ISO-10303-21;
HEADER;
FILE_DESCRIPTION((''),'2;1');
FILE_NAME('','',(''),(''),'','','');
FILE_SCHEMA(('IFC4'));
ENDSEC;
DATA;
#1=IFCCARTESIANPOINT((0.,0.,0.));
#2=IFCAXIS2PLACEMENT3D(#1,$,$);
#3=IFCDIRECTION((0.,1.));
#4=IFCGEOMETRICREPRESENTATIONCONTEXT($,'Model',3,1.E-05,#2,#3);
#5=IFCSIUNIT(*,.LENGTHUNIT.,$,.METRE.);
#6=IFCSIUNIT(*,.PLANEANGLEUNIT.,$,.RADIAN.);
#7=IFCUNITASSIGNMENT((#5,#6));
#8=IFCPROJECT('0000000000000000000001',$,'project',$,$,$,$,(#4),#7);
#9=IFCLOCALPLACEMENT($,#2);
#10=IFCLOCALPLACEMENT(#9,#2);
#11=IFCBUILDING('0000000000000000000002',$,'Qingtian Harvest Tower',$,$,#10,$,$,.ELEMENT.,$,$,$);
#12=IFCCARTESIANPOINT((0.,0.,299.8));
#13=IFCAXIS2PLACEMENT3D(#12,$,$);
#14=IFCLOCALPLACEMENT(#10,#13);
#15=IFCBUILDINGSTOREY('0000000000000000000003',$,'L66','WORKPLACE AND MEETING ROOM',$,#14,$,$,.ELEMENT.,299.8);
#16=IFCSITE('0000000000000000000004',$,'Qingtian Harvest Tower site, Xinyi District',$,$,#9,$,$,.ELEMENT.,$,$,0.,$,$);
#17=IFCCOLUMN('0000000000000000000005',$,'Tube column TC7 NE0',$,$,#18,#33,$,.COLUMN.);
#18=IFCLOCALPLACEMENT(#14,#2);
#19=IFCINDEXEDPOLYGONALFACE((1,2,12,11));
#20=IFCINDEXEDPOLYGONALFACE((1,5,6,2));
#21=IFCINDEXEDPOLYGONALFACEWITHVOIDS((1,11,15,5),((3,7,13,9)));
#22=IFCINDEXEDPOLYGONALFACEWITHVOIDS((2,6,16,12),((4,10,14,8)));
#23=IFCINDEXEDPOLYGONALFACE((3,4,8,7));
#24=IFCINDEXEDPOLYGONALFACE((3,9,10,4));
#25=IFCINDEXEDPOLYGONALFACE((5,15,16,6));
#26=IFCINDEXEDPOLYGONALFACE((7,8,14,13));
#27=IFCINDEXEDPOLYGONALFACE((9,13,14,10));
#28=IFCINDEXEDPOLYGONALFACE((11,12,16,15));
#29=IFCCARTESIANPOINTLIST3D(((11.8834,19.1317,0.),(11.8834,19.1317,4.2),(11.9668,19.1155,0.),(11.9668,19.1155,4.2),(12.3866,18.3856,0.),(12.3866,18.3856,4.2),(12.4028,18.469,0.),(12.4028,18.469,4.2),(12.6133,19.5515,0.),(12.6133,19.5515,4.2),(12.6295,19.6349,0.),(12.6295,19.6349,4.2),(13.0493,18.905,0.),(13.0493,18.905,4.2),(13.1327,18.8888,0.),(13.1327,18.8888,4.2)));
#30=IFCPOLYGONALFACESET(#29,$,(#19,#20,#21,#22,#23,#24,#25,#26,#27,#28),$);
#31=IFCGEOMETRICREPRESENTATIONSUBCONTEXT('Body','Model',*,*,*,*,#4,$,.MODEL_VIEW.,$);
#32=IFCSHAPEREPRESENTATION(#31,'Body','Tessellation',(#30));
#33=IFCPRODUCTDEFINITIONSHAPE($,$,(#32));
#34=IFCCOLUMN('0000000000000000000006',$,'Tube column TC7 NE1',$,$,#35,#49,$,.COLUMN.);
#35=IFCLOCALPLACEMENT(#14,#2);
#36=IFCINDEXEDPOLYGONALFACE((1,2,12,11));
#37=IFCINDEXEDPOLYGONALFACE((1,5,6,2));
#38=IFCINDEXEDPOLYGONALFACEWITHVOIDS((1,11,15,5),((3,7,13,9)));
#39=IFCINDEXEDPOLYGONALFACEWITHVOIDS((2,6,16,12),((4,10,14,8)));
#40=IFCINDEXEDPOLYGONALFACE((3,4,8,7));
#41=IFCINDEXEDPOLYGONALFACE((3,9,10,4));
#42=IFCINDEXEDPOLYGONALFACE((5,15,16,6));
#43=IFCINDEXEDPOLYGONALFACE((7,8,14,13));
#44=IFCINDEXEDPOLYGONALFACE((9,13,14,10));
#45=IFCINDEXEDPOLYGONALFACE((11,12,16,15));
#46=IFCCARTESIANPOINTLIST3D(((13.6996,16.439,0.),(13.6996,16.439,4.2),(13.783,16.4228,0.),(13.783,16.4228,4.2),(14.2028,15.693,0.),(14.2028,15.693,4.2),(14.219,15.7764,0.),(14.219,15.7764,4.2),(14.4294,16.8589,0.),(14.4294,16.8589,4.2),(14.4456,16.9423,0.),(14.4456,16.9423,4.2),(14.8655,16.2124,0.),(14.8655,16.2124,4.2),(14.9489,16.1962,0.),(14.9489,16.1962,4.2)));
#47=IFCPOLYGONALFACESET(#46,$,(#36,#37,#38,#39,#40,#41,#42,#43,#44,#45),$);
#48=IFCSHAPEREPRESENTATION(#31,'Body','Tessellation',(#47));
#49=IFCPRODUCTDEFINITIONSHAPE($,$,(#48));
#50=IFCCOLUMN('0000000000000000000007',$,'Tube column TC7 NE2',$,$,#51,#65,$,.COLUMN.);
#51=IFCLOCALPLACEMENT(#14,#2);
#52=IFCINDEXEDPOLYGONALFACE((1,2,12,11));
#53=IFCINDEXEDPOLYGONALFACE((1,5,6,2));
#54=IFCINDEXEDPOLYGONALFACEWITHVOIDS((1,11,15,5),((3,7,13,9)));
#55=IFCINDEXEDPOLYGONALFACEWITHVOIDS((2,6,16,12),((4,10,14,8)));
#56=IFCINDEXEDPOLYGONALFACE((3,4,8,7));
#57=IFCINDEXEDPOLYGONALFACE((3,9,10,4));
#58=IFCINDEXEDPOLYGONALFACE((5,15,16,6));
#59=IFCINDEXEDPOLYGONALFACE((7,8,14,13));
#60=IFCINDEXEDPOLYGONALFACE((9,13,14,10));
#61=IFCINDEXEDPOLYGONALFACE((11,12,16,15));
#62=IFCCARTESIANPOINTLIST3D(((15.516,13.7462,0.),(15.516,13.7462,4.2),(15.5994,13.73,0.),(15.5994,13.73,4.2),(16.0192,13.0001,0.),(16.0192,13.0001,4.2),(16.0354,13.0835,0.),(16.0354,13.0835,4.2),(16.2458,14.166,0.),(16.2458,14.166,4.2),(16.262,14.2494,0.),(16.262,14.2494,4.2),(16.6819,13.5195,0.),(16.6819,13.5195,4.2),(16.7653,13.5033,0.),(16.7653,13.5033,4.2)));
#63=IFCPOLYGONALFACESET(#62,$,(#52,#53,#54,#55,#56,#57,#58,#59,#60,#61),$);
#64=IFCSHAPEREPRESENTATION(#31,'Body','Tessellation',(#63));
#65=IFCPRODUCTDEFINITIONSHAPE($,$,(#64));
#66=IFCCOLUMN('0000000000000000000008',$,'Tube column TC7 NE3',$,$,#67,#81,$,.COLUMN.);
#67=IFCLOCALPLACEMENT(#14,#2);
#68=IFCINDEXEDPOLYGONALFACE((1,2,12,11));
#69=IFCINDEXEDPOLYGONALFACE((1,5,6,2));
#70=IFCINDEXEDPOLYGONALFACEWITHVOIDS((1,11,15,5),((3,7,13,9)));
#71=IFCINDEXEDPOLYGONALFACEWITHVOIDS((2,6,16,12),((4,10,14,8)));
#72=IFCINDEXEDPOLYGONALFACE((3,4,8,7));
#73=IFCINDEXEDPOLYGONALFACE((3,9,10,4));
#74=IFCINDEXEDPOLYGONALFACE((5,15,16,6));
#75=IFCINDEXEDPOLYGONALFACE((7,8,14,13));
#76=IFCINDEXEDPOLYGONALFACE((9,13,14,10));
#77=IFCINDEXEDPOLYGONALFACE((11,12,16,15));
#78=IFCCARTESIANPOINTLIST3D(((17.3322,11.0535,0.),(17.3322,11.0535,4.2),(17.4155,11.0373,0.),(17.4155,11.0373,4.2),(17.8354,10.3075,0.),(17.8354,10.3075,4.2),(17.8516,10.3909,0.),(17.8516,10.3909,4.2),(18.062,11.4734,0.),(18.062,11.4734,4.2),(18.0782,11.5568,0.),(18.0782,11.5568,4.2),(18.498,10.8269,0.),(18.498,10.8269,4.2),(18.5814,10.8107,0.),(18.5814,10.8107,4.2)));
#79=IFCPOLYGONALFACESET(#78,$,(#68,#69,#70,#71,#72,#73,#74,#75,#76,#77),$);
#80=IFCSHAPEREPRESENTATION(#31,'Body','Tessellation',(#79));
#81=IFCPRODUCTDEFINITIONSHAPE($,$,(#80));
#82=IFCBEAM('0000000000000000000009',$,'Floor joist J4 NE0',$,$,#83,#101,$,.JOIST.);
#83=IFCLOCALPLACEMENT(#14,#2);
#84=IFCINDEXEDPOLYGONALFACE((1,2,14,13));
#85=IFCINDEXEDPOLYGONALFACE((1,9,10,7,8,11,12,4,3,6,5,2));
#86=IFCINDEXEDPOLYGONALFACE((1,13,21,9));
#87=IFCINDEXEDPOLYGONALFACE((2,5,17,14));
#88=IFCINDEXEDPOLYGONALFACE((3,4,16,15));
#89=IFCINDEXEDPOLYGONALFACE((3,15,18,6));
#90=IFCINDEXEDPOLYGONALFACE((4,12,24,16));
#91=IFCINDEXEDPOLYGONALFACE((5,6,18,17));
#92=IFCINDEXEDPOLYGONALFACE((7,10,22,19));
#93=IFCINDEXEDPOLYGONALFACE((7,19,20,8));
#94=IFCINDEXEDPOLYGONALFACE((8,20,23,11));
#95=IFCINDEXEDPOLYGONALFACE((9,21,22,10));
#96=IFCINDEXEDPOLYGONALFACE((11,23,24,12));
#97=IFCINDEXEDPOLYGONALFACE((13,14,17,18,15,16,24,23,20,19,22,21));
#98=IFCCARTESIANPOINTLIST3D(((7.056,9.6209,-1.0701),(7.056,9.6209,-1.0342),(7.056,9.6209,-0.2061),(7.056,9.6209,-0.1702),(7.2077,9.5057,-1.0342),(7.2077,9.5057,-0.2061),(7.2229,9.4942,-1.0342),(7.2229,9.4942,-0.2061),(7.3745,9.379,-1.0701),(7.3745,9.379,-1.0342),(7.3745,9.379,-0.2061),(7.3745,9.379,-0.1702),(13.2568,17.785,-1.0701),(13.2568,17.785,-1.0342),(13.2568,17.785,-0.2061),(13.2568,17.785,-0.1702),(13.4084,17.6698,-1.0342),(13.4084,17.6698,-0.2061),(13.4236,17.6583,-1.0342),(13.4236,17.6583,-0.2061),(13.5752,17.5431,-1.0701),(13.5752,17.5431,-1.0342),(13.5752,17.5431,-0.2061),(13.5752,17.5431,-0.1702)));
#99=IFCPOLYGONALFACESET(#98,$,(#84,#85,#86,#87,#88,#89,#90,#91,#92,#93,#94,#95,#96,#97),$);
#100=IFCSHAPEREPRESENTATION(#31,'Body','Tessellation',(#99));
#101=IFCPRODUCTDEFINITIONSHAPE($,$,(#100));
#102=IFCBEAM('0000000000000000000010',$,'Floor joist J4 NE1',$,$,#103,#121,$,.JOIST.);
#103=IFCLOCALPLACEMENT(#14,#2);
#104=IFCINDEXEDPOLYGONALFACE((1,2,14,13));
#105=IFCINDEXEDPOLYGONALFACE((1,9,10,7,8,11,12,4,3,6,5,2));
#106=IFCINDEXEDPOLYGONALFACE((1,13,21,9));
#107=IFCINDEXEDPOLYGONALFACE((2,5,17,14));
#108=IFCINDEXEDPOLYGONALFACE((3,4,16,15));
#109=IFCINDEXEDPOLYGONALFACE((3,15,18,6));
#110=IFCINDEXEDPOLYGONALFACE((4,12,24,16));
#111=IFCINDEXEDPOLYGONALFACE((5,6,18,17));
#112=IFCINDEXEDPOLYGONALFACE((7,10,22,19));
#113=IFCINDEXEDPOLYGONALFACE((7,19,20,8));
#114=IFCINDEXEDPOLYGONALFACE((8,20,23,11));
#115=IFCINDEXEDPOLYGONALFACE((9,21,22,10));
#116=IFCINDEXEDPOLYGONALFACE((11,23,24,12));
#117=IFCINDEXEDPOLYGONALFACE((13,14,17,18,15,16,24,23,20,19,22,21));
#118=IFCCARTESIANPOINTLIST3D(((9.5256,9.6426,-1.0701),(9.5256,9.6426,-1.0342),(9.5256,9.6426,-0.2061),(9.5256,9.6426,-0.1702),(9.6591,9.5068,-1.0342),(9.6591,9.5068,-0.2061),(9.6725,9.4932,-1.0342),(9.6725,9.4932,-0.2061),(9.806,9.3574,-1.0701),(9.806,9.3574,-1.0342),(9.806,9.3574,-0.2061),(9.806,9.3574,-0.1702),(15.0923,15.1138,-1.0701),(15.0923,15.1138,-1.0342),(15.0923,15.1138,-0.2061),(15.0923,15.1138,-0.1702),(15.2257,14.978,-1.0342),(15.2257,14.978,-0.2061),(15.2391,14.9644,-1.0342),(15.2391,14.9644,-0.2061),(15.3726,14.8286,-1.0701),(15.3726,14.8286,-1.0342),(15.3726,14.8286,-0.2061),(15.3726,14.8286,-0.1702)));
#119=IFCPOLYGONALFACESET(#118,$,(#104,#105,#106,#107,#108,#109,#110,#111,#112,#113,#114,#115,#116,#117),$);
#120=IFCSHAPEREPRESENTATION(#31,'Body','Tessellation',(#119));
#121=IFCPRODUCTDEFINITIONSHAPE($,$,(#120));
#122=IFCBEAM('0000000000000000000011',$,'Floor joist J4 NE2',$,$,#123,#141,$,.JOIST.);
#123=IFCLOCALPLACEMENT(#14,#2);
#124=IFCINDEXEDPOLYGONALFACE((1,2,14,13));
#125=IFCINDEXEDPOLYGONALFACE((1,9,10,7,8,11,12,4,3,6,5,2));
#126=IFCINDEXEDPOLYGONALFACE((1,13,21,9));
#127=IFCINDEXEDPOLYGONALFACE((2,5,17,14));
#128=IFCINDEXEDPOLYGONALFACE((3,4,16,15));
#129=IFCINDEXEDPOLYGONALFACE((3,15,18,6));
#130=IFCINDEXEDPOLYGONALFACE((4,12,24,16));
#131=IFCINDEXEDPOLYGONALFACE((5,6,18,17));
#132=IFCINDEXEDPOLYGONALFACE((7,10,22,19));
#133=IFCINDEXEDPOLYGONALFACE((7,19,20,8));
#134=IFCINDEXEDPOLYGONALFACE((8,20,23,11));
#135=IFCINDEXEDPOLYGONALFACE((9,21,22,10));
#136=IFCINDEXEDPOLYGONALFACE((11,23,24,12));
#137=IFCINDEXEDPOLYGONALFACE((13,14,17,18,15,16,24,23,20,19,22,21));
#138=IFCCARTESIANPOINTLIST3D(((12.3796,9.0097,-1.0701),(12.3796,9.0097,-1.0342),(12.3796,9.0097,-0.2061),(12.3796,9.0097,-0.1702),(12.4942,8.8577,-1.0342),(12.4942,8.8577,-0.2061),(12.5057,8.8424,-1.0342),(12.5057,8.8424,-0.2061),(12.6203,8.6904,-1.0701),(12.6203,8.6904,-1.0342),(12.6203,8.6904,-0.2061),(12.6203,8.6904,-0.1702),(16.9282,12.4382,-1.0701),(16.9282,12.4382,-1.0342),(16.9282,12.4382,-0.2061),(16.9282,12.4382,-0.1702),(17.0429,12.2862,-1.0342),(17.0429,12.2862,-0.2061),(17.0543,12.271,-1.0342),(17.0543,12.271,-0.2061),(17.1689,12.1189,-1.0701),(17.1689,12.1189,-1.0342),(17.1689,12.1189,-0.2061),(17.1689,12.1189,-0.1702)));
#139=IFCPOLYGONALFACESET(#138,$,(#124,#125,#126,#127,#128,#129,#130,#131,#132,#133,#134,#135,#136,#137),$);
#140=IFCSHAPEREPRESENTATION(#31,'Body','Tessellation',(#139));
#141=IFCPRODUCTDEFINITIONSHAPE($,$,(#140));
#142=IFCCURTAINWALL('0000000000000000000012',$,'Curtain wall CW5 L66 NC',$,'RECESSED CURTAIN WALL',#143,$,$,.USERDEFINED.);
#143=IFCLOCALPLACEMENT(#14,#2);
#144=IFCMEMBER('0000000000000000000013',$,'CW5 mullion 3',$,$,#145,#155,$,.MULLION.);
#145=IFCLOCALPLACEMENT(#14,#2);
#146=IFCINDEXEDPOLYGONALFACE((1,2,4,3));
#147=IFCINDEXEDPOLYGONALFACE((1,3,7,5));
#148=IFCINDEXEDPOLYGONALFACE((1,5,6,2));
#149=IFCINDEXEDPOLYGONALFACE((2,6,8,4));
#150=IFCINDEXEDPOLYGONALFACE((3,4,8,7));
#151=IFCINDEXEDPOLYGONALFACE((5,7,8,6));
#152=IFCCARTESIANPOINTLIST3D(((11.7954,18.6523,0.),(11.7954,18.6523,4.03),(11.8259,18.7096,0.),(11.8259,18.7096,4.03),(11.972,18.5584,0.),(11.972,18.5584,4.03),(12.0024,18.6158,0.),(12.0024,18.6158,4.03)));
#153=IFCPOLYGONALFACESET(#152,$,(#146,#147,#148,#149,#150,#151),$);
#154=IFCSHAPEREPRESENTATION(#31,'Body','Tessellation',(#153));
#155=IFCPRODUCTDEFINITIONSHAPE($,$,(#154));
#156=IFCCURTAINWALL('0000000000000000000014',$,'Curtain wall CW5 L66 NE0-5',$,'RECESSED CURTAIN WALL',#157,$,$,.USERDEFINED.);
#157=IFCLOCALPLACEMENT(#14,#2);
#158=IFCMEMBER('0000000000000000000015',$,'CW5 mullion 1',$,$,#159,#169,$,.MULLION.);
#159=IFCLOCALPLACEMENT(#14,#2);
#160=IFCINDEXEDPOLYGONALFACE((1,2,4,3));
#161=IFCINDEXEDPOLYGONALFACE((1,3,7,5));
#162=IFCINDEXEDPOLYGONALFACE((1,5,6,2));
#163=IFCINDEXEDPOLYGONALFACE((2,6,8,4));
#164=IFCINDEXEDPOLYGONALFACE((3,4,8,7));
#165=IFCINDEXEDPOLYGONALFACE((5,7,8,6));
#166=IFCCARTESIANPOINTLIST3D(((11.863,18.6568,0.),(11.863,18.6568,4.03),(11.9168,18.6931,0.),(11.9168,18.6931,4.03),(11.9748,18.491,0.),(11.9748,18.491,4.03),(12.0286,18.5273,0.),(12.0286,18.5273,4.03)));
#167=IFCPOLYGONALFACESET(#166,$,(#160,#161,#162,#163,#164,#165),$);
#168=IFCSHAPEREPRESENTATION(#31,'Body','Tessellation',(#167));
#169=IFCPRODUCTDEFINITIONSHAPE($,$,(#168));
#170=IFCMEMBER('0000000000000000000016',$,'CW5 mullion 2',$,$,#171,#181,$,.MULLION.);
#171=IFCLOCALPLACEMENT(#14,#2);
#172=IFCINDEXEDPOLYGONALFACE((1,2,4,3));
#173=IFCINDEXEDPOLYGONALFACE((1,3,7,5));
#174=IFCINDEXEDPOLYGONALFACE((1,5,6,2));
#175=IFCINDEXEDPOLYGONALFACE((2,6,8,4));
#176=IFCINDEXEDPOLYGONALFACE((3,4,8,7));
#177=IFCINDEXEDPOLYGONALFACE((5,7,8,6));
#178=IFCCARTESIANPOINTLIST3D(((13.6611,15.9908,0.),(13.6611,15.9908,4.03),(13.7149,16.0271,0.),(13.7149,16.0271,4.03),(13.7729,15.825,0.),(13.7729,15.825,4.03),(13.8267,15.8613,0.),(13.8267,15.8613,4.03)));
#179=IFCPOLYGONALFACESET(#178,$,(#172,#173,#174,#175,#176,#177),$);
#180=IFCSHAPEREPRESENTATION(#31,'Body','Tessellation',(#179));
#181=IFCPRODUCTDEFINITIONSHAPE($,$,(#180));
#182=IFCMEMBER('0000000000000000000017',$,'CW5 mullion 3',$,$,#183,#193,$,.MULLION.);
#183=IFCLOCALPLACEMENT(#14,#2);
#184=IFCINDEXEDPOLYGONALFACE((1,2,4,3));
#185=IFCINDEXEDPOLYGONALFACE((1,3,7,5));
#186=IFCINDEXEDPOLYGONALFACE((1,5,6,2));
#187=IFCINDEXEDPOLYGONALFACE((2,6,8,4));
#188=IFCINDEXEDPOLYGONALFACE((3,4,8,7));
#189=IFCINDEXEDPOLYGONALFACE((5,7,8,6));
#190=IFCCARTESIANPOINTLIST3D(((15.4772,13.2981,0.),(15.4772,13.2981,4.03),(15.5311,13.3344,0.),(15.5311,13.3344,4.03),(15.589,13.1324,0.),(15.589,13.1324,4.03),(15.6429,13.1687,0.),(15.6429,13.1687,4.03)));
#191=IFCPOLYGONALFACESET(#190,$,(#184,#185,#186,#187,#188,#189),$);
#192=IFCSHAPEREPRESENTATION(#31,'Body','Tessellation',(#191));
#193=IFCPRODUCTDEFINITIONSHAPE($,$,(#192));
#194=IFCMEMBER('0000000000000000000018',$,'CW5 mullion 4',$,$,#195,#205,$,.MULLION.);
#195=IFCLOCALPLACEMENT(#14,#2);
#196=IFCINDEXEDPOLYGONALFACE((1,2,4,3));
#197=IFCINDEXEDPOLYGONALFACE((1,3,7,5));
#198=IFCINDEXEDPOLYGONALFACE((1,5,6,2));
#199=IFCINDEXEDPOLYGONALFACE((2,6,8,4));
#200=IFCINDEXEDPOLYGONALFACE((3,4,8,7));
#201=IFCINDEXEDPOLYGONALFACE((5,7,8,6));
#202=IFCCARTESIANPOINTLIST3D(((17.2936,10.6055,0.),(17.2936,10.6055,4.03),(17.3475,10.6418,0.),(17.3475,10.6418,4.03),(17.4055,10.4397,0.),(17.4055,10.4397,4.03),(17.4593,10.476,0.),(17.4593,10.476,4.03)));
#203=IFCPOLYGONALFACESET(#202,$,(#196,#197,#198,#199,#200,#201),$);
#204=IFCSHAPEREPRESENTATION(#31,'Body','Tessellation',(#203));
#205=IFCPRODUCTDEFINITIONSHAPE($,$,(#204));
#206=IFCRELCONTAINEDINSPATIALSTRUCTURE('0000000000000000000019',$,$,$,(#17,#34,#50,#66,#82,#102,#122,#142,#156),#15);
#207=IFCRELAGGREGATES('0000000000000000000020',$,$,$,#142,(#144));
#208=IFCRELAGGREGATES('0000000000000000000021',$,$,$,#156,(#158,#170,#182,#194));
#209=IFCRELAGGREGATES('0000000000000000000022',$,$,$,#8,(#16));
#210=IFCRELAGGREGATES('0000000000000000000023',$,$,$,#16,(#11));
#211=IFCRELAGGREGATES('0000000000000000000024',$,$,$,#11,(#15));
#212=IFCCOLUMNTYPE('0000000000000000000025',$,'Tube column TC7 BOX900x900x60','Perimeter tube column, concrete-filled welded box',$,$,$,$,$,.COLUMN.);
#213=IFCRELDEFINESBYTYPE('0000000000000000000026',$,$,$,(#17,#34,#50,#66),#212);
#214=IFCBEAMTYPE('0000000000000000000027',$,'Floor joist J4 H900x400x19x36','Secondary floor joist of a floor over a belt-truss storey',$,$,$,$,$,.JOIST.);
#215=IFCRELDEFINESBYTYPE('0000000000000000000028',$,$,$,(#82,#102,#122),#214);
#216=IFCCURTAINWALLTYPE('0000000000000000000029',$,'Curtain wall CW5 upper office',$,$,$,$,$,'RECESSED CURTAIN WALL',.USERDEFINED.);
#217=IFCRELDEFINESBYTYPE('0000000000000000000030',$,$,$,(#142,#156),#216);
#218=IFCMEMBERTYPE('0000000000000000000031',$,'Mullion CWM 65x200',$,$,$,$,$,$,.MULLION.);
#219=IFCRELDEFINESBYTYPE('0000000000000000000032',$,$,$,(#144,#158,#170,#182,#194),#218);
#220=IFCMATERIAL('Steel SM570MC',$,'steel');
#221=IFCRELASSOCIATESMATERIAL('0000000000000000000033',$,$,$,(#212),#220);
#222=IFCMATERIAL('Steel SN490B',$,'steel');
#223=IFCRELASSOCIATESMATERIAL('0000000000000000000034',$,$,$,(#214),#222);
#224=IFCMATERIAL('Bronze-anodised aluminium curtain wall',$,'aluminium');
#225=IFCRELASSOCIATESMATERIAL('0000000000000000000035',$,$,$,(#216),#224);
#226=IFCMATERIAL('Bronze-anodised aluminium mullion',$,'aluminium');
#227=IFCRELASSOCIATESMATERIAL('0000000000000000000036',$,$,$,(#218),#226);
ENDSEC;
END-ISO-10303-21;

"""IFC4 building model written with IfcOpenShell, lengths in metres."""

from ifc_helpers import new_model, si_unit, direction, frame, origin, origin_2d, place, context, subcontext, project, spatial, rectangle, hollow_rectangle, i_section, extrude, material, material_profile, profile_set, type_object, element, aggregate, save


model = new_model("IFC4")

# Units and contexts
model_context = context("Model", 3, precision=1e-05, world=origin(), true_north=direction((0.0, 1.0)))
body_context = subcontext(model_context, "Body", "Model", "MODEL_VIEW")
ifc_project = project(units=[si_unit("LENGTHUNIT", "METRE"), si_unit("PLANEANGLEUNIT", "RADIAN")], contexts=[model_context])

# Site, building, storey
site_placement = place(None, origin())
site = spatial("IfcSite", under=ifc_project, at=site_placement, Name="Qingtian Harvest Tower site, Xinyi District", CompositionType="ELEMENT", RefElevation=0.0)
building_placement = place(site_placement, origin())
building = spatial("IfcBuilding", under=site, at=building_placement, Name="Qingtian Harvest Tower", CompositionType="ELEMENT")
storey_placement = place(building_placement, frame((0.0, 0.0, 299.8)))
storey = spatial("IfcBuildingStorey", under=building, at=storey_placement, Name="L66", Description="WORKPLACE AND MEETING ROOM", CompositionType="ELEMENT", Elevation=299.8)

# Columns
ifc_material_1 = material(Name="Steel SM570MC", Category="steel")
ifc_material_profile_1 = material_profile(ifc_material_1, hollow_rectangle(XDim=0.8999, YDim=0.8999, WallThickness=0.0601, at=origin_2d()), Name="BOX900x900x60")
ifc_profile_set_1 = profile_set([ifc_material_profile_1], Name="Steel SM570MC")
column_type = type_object("IfcColumnType", Name="Tube column TC7 BOX900x900x60", Description="Perimeter tube column, concrete-filled welded box", PredefinedType="COLUMN", material=ifc_profile_set_1)
for number, where, z_axis, x_axis, name in (
    (1, (12.5081, 19.0103, 0.0), (0.0, 0.0, 1.0), (-0.559193, 0.829038, 0.0), "Tube column TC7 NE0"),
    (2, (14.3242, 16.3176, 0.0), (0.0, 0.0, 1.0), (-0.559193, 0.829038, 0.0), "Tube column TC7 NE1"),
    (3, (16.1406, 13.6248, 0.0), (0.0, 0.0, 1.0), (-0.559193, 0.829038, 0.0), "Tube column TC7 NE2"),
    (4, (17.9568, 10.9321, 0.0), (0.0, 0.0, 1.0), (-0.559193, 0.829038, 0.0), "Tube column TC7 NE3"),
):
    element("IfcColumn", number, at=place(storey_placement, frame(where, z_axis=z_axis, x_axis=x_axis)), inside=storey, type_object=column_type, Name=name, PredefinedType="COLUMN", context=body_context, shape_type="SweptSolid", body=[
        extrude(hollow_rectangle(XDim=0.8999, YDim=0.8999, WallThickness=0.0601, at=origin_2d()), origin(), (0.0, 0.0, 1.0), 4.2),
    ])

# Beams
ifc_material_2 = material(Name="Steel SN490B", Category="steel")
ifc_material_profile_2 = material_profile(ifc_material_2, i_section(OverallWidth=0.3999, OverallDepth=0.8999, WebThickness=0.019, FlangeThickness=0.0359, at=origin_2d()), Name="H900x400x19x36")
ifc_profile_set_2 = profile_set([ifc_material_profile_2], Name="Steel SN490B")
beam_type_1 = type_object("IfcBeamType", Name="Floor joist J4 H900x400x19x36", Description="Secondary floor joist of a floor over a belt-truss storey", PredefinedType="JOIST", material=ifc_profile_set_2)
beam_1_placement = place(storey_placement, frame((13.416, 17.6641, -0.6201), z_axis=(-0.604836, -0.79635, 0.0), x_axis=(0.79635, -0.604836, 0.0)))
element("IfcBeam", 5, at=beam_1_placement, inside=storey, type_object=beam_type_1, Name="Floor joist J4 NE0", PredefinedType="JOIST", context=body_context, shape_type="SweptSolid", body=[
    extrude(i_section(OverallWidth=0.3999, OverallDepth=0.8999, WebThickness=0.019, FlangeThickness=0.0359, at=origin_2d()), origin(), (0.0, 0.0, 1.0), 10.252),
])
beam_2_placement = place(storey_placement, frame((15.2324, 14.9712, -0.6201), z_axis=(-0.713195, -0.700965, 0.0), x_axis=(0.700965, -0.713195, 0.0)))
element("IfcBeam", 6, at=beam_2_placement, inside=storey, type_object=beam_type_1, Name="Floor joist J4 NE1", PredefinedType="JOIST", context=body_context, shape_type="SweptSolid", body=[
    extrude(i_section(OverallWidth=0.3999, OverallDepth=0.8999, WebThickness=0.019, FlangeThickness=0.0359, at=origin_2d()), origin(), (0.0, 0.0, 1.0), 7.8052),
])
beam_3_placement = place(storey_placement, frame((17.0486, 12.2786, -0.6201), z_axis=(-0.798563, -0.601912, 0.0), x_axis=(0.601912, -0.798563, 0.0)))
element("IfcBeam", 7, at=beam_3_placement, inside=storey, type_object=beam_type_1, Name="Floor joist J4 NE2", PredefinedType="JOIST", context=body_context, shape_type="SweptSolid", body=[
    extrude(i_section(OverallWidth=0.3999, OverallDepth=0.8999, WebThickness=0.019, FlangeThickness=0.0359, at=origin_2d()), origin(), (0.0, 0.0, 1.0), 5.696),
])

# Curtain wall, member
ifc_material_3 = material(Name="Bronze-anodised aluminium curtain wall", Category="aluminium")
curtain_wall_type = type_object("IfcCurtainWallType", Name="Curtain wall CW5 upper office", ElementType="RECESSED CURTAIN WALL", PredefinedType="USERDEFINED", material=ifc_material_3)
curtain_wall_1_placement = place(storey_placement, origin())
curtain_wall_1 = element("IfcCurtainWall", 8, at=curtain_wall_1_placement, inside=storey, type_object=curtain_wall_type, Name="Curtain wall CW5 L66 NC", ObjectType="RECESSED CURTAIN WALL", PredefinedType="USERDEFINED")
ifc_material_4 = material(Name="Bronze-anodised aluminium mullion", Category="aluminium")
ifc_material_profile_3 = material_profile(ifc_material_4, rectangle(XDim=0.0649, YDim=0.2, at=origin_2d()), Name="AL 65x200")
ifc_profile_set_3 = profile_set([ifc_material_profile_3], Name="Bronze-anodised aluminium mullion")
member_type_1 = type_object("IfcMemberType", Name="Mullion CWM 65x200", PredefinedType="MULLION", material=ifc_profile_set_3)
member_1_placement = place(storey_placement, frame((11.8989, 18.634, 0.0), z_axis=(0.0, 0.0, 1.0), x_axis=(0.469472, 0.882948, 0.0)))
member_1 = element("IfcMember", 9, at=member_1_placement, type_object=member_type_1, Name="CW5 mullion 3", PredefinedType="MULLION", context=body_context, shape_type="SweptSolid", body=[
    extrude(rectangle(XDim=0.0649, YDim=0.2, at=origin_2d()), origin(), (0.0, 0.0, 1.0), 4.03),
])
aggregate(curtain_wall_1, [member_1])

# Curtain wall, members
curtain_wall_2_placement = place(storey_placement, origin())
curtain_wall_2 = element("IfcCurtainWall", 10, at=curtain_wall_2_placement, inside=storey, type_object=curtain_wall_type, Name="Curtain wall CW5 L66 NE0-5", ObjectType="RECESSED CURTAIN WALL", PredefinedType="USERDEFINED")
member_2_placement = place(storey_placement, frame((11.9458, 18.592, 0.0), z_axis=(0.0, 0.0, 1.0), x_axis=(0.829038, 0.559193, 0.0)))
member_2 = element("IfcMember", 11, at=member_2_placement, type_object=member_type_1, Name="CW5 mullion 1", PredefinedType="MULLION", context=body_context, shape_type="SweptSolid", body=[
    extrude(rectangle(XDim=0.0649, YDim=0.2, at=origin_2d()), origin(), (0.0, 0.0, 1.0), 4.03),
])
member_3_placement = place(storey_placement, frame((13.7439, 15.926, 0.0), z_axis=(0.0, 0.0, 1.0), x_axis=(0.829038, 0.559193, 0.0)))
member_3 = element("IfcMember", 12, at=member_3_placement, type_object=member_type_1, Name="CW5 mullion 2", PredefinedType="MULLION", context=body_context, shape_type="SweptSolid", body=[
    extrude(rectangle(XDim=0.0649, YDim=0.2, at=origin_2d()), origin(), (0.0, 0.0, 1.0), 4.03),
])
member_4_placement = place(storey_placement, frame((15.5601, 13.2334, 0.0), z_axis=(0.0, 0.0, 1.0), x_axis=(0.829038, 0.559193, 0.0)))
member_4 = element("IfcMember", 13, at=member_4_placement, type_object=member_type_1, Name="CW5 mullion 3", PredefinedType="MULLION", context=body_context, shape_type="SweptSolid", body=[
    extrude(rectangle(XDim=0.0649, YDim=0.2, at=origin_2d()), origin(), (0.0, 0.0, 1.0), 4.03),
])
member_5_placement = place(storey_placement, frame((17.3765, 10.5408, 0.0), z_axis=(0.0, 0.0, 1.0), x_axis=(0.829038, 0.559193, 0.0)))
member_5 = element("IfcMember", 14, at=member_5_placement, type_object=member_type_1, Name="CW5 mullion 4", PredefinedType="MULLION", context=body_context, shape_type="SweptSolid", body=[
    extrude(rectangle(XDim=0.0649, YDim=0.2, at=origin_2d()), origin(), (0.0, 0.0, 1.0), 4.03),
])

aggregate(curtain_wall_2, [member_2, member_3, member_4, member_5])

save(model, "model.ifc")
